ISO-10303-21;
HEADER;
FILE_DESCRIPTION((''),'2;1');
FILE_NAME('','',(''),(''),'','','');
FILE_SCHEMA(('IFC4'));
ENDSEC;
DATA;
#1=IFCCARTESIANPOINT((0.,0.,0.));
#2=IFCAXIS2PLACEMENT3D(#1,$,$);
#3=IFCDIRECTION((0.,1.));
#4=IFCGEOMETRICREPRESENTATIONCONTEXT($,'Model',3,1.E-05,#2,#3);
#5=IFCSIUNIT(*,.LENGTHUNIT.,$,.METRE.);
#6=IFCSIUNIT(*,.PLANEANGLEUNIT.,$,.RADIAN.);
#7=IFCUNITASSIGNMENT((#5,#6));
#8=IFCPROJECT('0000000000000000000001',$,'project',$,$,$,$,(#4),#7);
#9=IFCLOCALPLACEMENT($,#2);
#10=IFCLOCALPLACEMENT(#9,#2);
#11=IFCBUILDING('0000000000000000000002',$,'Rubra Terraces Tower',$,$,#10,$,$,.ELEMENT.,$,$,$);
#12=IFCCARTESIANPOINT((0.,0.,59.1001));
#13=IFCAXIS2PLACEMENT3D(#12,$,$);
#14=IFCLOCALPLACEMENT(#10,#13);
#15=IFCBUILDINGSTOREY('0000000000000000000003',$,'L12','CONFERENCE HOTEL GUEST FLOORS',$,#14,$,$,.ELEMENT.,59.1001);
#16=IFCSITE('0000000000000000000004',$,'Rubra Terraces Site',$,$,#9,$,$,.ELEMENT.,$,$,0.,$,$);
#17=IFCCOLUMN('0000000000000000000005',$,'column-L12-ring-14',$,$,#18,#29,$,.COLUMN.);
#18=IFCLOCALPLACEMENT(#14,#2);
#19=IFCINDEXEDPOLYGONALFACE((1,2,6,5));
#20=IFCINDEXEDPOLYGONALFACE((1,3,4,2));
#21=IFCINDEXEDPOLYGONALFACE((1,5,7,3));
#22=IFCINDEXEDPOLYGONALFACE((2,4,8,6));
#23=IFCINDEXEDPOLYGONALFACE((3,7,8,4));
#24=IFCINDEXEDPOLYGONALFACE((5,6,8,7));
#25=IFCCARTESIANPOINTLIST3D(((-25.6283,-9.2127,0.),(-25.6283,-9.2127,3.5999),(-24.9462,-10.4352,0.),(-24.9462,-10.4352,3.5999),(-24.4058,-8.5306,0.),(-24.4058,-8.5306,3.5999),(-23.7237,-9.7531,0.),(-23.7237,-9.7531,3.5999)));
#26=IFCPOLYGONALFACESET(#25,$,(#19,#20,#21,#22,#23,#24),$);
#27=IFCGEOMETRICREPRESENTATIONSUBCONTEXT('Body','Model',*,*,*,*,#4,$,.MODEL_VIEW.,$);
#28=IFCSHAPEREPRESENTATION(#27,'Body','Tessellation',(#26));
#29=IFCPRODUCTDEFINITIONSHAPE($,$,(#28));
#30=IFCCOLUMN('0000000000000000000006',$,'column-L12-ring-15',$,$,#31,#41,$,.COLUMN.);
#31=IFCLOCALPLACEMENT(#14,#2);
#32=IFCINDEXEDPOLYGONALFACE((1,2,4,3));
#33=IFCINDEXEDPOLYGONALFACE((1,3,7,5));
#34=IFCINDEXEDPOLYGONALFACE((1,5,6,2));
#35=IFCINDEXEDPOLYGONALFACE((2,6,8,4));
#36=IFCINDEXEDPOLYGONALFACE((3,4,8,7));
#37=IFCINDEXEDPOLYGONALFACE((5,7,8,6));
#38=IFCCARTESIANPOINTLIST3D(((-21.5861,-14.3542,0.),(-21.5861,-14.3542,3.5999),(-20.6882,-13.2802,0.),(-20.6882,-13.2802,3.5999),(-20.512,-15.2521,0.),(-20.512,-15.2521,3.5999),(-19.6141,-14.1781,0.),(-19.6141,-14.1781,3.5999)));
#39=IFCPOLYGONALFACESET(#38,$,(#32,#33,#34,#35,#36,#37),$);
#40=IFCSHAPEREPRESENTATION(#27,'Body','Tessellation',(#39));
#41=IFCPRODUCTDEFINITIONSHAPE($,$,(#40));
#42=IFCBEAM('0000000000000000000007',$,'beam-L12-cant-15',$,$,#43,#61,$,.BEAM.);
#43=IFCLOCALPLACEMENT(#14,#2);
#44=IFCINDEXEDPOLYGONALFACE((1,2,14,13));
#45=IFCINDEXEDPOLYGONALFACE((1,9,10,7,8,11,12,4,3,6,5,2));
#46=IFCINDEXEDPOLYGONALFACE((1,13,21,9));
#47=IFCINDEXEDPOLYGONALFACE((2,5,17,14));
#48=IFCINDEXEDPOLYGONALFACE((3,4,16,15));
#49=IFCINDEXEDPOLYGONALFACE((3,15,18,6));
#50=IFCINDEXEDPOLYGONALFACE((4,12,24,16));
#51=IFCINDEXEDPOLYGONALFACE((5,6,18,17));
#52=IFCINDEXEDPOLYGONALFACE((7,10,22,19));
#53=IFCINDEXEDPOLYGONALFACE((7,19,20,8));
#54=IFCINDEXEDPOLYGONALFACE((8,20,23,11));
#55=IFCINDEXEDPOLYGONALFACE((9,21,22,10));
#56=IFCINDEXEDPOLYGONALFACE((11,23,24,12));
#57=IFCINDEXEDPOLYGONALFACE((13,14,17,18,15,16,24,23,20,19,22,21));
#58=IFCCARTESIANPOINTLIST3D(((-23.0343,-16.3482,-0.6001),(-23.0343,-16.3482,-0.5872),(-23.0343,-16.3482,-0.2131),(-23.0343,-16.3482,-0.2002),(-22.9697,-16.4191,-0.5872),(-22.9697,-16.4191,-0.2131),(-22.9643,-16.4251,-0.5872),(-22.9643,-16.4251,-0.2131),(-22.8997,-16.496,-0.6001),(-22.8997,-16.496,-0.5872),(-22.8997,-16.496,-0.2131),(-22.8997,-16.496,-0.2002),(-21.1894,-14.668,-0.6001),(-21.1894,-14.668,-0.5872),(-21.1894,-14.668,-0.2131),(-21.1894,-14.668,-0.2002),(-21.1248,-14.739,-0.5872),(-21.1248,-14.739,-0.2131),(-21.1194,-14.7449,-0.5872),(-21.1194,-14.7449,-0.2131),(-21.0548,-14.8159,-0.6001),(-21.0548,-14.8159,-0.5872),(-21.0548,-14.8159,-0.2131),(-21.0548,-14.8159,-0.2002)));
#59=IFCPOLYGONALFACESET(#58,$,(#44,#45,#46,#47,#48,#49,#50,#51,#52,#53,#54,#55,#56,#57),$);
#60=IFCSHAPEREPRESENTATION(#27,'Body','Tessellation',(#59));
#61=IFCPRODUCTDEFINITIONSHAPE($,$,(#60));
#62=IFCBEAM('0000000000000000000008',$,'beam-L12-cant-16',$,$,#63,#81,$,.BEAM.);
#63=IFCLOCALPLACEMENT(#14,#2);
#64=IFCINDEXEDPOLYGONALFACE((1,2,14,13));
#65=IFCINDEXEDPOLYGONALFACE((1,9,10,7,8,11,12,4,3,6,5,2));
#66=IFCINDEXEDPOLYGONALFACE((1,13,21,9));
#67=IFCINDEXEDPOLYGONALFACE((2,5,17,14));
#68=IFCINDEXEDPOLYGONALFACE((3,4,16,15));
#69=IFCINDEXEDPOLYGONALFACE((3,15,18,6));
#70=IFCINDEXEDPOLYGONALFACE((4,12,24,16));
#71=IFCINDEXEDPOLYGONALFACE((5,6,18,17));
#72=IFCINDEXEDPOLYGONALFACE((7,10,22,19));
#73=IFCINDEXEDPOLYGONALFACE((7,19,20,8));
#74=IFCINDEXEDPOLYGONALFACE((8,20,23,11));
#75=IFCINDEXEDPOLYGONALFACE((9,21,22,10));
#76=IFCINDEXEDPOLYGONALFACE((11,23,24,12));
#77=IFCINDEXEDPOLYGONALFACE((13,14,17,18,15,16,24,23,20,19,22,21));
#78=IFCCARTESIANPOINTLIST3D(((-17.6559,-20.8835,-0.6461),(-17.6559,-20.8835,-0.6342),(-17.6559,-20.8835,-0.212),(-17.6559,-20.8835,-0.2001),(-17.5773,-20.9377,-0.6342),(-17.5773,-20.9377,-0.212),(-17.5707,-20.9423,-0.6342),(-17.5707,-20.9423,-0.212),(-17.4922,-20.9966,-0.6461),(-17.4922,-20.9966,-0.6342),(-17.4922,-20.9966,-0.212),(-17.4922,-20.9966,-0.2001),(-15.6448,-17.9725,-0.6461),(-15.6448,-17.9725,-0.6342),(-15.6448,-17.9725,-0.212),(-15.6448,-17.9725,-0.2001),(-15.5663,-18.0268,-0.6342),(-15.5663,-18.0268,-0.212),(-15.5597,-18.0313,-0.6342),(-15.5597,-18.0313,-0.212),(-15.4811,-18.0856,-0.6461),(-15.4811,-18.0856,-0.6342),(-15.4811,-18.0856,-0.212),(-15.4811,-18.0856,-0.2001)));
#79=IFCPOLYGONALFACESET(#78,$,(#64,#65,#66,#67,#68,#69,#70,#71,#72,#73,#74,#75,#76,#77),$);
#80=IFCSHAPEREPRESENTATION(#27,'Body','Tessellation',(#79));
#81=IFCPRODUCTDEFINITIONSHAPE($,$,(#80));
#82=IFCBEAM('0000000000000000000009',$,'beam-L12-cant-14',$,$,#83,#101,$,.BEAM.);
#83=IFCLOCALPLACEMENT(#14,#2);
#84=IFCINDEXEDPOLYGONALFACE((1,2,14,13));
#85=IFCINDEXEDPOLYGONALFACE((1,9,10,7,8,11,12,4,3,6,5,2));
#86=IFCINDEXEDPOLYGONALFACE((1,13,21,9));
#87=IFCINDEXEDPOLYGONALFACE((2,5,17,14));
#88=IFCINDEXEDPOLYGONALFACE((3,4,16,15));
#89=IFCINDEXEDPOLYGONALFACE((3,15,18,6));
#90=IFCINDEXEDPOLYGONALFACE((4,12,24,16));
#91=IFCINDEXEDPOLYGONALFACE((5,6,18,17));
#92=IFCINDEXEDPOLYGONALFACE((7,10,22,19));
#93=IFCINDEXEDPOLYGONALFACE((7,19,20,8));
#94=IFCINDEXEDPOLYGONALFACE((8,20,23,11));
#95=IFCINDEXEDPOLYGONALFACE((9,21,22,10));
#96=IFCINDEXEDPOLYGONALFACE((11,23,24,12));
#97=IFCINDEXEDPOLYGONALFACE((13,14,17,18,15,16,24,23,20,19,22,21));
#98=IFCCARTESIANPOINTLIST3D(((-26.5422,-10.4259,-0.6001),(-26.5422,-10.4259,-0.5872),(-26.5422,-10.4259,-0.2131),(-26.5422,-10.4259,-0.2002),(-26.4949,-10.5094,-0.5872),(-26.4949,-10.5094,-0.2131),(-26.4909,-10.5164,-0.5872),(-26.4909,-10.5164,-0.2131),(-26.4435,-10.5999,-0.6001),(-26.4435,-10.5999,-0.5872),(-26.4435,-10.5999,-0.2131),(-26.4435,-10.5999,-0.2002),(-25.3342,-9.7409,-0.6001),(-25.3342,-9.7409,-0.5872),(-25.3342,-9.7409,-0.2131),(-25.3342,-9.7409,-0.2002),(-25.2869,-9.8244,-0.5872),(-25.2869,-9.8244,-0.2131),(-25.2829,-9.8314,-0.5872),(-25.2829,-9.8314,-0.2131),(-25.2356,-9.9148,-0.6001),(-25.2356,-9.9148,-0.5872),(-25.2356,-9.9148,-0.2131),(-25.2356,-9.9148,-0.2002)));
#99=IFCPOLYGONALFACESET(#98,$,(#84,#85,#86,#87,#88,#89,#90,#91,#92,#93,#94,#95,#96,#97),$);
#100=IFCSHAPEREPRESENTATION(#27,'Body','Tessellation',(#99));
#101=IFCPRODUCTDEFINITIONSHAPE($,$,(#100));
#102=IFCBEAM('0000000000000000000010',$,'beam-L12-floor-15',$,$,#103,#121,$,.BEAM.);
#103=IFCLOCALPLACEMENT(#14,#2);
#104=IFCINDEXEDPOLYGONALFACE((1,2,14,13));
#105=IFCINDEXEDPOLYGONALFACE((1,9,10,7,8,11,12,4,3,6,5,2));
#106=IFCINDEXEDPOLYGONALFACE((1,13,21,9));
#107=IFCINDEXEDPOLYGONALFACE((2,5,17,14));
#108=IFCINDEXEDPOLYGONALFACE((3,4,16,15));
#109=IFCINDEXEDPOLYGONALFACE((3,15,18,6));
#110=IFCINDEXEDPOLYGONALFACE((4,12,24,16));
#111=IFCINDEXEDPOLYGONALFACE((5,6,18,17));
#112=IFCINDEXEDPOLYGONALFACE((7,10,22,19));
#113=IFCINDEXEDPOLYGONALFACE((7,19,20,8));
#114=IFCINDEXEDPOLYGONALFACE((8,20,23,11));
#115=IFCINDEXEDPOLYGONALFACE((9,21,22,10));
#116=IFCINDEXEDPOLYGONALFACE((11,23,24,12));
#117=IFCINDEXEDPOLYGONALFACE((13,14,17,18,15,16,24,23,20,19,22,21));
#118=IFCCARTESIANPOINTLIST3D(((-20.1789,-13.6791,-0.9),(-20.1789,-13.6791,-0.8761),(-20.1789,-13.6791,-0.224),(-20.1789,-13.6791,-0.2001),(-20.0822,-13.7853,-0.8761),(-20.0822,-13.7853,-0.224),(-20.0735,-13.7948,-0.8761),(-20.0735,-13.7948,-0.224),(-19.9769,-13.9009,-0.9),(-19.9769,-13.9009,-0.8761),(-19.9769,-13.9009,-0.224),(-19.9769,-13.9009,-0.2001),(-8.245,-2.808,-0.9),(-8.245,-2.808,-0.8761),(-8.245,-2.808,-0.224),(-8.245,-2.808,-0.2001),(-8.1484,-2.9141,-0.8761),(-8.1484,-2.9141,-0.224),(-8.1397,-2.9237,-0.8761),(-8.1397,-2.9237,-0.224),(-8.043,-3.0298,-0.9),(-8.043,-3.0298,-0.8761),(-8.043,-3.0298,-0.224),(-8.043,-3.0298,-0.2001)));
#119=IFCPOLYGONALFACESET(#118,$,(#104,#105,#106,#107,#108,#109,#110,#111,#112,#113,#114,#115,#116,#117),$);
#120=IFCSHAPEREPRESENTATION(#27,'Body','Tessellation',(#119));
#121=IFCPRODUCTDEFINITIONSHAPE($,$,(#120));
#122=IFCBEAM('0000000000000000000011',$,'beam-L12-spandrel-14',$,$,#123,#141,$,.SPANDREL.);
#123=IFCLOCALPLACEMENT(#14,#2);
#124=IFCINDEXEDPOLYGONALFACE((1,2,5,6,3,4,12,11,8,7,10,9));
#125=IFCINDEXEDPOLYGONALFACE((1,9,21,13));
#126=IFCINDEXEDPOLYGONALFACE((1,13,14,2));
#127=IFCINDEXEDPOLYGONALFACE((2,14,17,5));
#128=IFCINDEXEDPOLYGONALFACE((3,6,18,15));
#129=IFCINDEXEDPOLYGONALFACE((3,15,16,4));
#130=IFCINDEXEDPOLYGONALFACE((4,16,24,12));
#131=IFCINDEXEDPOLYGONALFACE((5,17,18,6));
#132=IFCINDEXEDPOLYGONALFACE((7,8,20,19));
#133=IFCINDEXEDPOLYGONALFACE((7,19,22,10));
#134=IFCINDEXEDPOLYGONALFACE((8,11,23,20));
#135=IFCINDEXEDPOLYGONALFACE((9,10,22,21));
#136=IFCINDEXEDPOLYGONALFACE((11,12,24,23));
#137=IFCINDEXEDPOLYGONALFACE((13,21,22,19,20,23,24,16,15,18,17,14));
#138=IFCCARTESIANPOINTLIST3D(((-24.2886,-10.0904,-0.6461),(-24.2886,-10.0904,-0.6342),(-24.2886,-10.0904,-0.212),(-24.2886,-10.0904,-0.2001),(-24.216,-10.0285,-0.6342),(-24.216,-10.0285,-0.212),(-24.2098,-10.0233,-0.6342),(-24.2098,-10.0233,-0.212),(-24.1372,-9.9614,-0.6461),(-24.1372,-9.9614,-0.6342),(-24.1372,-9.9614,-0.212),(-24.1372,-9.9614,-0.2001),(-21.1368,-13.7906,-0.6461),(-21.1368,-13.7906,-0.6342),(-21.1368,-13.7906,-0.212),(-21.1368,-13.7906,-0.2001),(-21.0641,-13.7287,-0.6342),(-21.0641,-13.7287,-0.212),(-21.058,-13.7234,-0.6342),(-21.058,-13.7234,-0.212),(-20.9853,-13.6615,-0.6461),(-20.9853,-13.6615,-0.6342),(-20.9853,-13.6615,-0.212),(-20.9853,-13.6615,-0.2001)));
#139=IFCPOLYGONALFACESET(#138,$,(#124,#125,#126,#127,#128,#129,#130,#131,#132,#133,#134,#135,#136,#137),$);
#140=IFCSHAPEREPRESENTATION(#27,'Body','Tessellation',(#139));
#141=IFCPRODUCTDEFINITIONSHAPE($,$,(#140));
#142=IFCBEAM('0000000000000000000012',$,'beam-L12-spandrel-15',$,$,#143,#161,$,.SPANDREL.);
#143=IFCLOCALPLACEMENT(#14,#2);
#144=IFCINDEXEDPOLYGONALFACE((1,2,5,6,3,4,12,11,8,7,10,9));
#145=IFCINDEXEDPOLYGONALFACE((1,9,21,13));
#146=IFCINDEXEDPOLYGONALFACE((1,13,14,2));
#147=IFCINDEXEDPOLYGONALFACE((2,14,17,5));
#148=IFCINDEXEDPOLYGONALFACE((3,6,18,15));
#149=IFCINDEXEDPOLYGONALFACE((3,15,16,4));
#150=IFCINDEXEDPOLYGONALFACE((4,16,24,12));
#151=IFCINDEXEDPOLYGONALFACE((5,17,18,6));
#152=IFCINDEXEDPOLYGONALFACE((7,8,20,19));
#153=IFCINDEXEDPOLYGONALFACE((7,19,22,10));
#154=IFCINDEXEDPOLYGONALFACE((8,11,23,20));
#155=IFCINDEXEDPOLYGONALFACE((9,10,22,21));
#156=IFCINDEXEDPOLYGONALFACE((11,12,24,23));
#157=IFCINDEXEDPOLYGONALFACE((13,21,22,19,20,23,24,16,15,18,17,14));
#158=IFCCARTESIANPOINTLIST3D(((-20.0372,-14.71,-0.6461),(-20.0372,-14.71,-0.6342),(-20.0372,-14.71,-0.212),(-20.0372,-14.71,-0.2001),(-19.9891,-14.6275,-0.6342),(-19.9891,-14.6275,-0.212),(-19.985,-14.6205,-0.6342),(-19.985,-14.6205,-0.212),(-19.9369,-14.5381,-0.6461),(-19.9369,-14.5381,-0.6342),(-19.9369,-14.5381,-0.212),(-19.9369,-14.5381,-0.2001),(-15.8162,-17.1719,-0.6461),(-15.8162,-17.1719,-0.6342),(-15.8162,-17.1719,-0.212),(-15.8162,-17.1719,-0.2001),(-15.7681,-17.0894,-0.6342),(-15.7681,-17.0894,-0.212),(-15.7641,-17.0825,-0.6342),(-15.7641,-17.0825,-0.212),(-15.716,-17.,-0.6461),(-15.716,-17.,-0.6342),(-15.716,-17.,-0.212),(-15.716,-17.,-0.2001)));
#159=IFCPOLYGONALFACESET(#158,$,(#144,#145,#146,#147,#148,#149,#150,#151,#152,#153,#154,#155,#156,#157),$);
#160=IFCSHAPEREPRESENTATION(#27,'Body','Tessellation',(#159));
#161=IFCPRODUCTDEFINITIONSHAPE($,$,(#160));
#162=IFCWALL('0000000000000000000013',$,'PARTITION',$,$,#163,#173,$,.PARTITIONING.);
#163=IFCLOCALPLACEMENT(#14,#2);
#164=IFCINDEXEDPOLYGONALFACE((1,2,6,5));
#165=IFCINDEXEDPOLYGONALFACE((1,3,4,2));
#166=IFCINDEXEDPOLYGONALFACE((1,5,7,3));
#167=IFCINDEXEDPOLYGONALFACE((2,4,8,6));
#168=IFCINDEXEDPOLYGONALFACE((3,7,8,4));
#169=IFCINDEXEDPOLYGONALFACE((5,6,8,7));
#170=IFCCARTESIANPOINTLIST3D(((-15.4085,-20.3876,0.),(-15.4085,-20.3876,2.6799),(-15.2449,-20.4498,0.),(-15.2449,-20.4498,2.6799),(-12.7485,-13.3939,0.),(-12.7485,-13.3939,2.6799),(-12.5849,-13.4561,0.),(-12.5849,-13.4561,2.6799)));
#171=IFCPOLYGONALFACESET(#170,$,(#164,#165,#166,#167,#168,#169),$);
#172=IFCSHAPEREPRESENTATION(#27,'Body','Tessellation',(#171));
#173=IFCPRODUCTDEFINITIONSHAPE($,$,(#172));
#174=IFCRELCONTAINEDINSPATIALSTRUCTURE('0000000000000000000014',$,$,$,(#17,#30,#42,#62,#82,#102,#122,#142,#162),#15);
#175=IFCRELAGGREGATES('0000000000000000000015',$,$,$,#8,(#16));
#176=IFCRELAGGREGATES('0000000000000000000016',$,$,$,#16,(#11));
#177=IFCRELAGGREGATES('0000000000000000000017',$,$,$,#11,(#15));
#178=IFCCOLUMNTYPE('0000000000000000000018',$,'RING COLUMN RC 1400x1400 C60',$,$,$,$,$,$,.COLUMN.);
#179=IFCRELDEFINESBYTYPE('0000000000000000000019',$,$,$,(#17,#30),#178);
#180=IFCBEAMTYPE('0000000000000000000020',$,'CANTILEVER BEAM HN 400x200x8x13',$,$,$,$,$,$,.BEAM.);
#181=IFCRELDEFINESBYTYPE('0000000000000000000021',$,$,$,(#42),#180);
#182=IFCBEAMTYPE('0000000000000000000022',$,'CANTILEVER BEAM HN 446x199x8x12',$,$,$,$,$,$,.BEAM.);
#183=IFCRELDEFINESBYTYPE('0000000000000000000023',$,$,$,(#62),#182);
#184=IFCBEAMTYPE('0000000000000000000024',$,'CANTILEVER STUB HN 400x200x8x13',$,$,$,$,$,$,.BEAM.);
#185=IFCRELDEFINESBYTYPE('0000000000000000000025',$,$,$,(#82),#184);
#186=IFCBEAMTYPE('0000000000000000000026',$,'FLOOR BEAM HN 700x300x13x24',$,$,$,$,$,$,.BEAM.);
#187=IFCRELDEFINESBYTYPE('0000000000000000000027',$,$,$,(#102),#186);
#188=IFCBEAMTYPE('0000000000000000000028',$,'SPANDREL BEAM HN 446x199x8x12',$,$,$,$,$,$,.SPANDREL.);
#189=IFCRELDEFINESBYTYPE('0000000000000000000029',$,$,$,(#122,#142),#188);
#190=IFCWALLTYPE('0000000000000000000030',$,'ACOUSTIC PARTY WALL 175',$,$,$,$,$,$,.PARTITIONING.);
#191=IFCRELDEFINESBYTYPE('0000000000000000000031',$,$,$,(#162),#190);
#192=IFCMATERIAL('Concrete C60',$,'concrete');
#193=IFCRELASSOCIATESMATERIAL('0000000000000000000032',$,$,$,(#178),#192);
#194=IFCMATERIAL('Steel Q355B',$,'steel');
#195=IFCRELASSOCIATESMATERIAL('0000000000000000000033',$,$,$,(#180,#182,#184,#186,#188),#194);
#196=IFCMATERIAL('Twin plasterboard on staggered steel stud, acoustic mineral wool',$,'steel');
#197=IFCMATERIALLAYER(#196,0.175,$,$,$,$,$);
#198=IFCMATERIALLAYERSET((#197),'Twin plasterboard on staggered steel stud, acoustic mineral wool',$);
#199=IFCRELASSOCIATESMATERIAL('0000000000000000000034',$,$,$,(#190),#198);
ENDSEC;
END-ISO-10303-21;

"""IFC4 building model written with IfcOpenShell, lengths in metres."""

from ifc_helpers import new_model, si_unit, direction, frame, frame_2d, origin, origin_2d, place, context, subcontext, project, spatial, rectangle, i_section, extrude, material, layer, layer_set, material_profile, profile_set, type_object, element, save


model = new_model("IFC4")

# Units and contexts
model_context = context("Model", 3, precision=1e-05, world=origin(), true_north=direction((0.0, 1.0)))
body_context = subcontext(model_context, "Body", "Model", "MODEL_VIEW")
ifc_project = project(units=[si_unit("LENGTHUNIT", "METRE"), si_unit("PLANEANGLEUNIT", "RADIAN")], contexts=[model_context])

# Site, building, storey
site_placement = place(None, origin())
site = spatial("IfcSite", under=ifc_project, at=site_placement, Name="Rubra Terraces Site", CompositionType="ELEMENT", RefElevation=0.0)
building_placement = place(site_placement, origin())
building = spatial("IfcBuilding", under=site, at=building_placement, Name="Rubra Terraces Tower", CompositionType="ELEMENT")
storey_placement = place(building_placement, frame((0.0, 0.0, 59.1001)))
storey = spatial("IfcBuildingStorey", under=building, at=storey_placement, Name="L12", Description="CONFERENCE HOTEL GUEST FLOORS", CompositionType="ELEMENT", Elevation=59.1001)

# Columns
ifc_material_1 = material(Name="Concrete C60", Category="concrete")
ifc_material_profile_1 = material_profile(ifc_material_1, rectangle(XDim=1.3999, YDim=1.3999, at=origin_2d()), Name="RC 1400x1400")
ifc_profile_set_1 = profile_set([ifc_material_profile_1], Name="Concrete C60")
column_type = type_object("IfcColumnType", Name="RING COLUMN RC 1400x1400 C60", PredefinedType="COLUMN", material=ifc_profile_set_1)
for number, where, z_axis, x_axis, name in (
    (1, (-24.676, -9.4829, 0.0), (0.0, 0.0, 1.0), (0.487227, -0.873276, 0.0), "column-L12-ring-14"),
    (2, (-20.6001, -14.2661, 0.0), (0.0, 0.0, 1.0), (0.76721, -0.641397, 0.0), "column-L12-ring-15"),
):
    element("IfcColumn", number, at=place(storey_placement, frame(where, z_axis=z_axis, x_axis=x_axis)), inside=storey, type_object=column_type, Name=name, PredefinedType="COLUMN", context=body_context, shape_type="SweptSolid", body=[
        extrude(rectangle(XDim=1.3999, YDim=1.3999, at=origin_2d()), origin(), (0.0, 0.0, 1.0), 3.5999),
    ])

# Beams
ifc_material_2 = material(Name="Steel Q355B", Category="steel")
ifc_material_profile_2 = material_profile(ifc_material_2, i_section(OverallWidth=0.2, OverallDepth=0.3999, WebThickness=0.0081, FlangeThickness=0.0129, at=origin_2d()), Name="HN 400x200x8x13")
ifc_profile_set_2 = profile_set([ifc_material_profile_2], Name="Steel Q355B")
beam_type_1 = type_object("IfcBeamType", Name="CANTILEVER BEAM HN 400x200x8x13", PredefinedType="BEAM", material=ifc_profile_set_2)
beam_1_placement = place(storey_placement, frame((-21.1221, -14.7419, -0.4001), z_axis=(-0.739355, -0.673315, 0.0), x_axis=(0.673315, -0.739355, 0.0)))
element("IfcBeam", 3, at=beam_1_placement, inside=storey, type_object=beam_type_1, Name="beam-L12-cant-15", PredefinedType="BEAM", context=body_context, shape_type="SweptSolid", body=[
    extrude(i_section(OverallWidth=0.2, OverallDepth=0.3999, WebThickness=0.0081, FlangeThickness=0.0129, at=origin_2d()), origin(), (0.0, 0.0, 1.0), 2.4954),
])
ifc_material_profile_3 = material_profile(ifc_material_2, i_section(OverallWidth=0.199, OverallDepth=0.446, WebThickness=0.0081, FlangeThickness=0.012, at=origin_2d()), Name="HN 446x199x8x12")
ifc_profile_set_3 = profile_set([ifc_material_profile_3], Name="Steel Q355B")
beam_type_2 = type_object("IfcBeamType", Name="CANTILEVER BEAM HN 446x199x8x12", PredefinedType="BEAM", material=ifc_profile_set_3)
beam_2_placement = place(storey_placement, frame((-15.563, -18.0291, -0.4231), z_axis=(-0.568399, -0.822753, 0.0), x_axis=(0.822753, -0.568399, 0.0)))
element("IfcBeam", 4, at=beam_2_placement, inside=storey, type_object=beam_type_2, Name="beam-L12-cant-16", PredefinedType="BEAM", context=body_context, shape_type="SweptSolid", body=[
    extrude(i_section(OverallWidth=0.199, OverallDepth=0.446, WebThickness=0.0081, FlangeThickness=0.012, at=origin_2d()), origin(), (0.0, 0.0, 1.0), 3.5381),
])
ifc_material_profile_4 = material_profile(ifc_material_2, i_section(OverallWidth=0.2, OverallDepth=0.3999, WebThickness=0.0081, FlangeThickness=0.0129, at=origin_2d()), Name="HN 400x200x8x13")
ifc_profile_set_4 = profile_set([ifc_material_profile_4], Name="Steel Q355B")
beam_type_3 = type_object("IfcBeamType", Name="CANTILEVER STUB HN 400x200x8x13", PredefinedType="BEAM", material=ifc_profile_set_4)
beam_3_placement = place(storey_placement, frame((-25.2849, -9.8279, -0.4001), z_axis=(-0.869861, -0.493296, 0.0), x_axis=(0.493296, -0.869861, 0.0)))
element("IfcBeam", 5, at=beam_3_placement, inside=storey, type_object=beam_type_3, Name="beam-L12-cant-14", PredefinedType="BEAM", context=body_context, shape_type="SweptSolid", body=[
    extrude(i_section(OverallWidth=0.2, OverallDepth=0.3999, WebThickness=0.0081, FlangeThickness=0.0129, at=origin_2d()), origin(), (0.0, 0.0, 1.0), 1.3887),
])
ifc_material_profile_5 = material_profile(ifc_material_2, i_section(OverallWidth=0.3, OverallDepth=0.7, WebThickness=0.0129, FlangeThickness=0.0239, at=origin_2d()), Name="HN 700x300x13x24")
ifc_profile_set_5 = profile_set([ifc_material_profile_5], Name="Steel Q355B")
beam_type_4 = type_object("IfcBeamType", Name="FLOOR BEAM HN 700x300x13x24", PredefinedType="BEAM", material=ifc_profile_set_5)
beam_4_placement = place(storey_placement, frame((-20.0779, -13.79, -0.55), z_axis=(0.739257, 0.673424, 0.0), x_axis=(-0.673424, 0.739257, 0.0)))
element("IfcBeam", 6, at=beam_4_placement, inside=storey, type_object=beam_type_4, Name="beam-L12-floor-15", PredefinedType="BEAM", context=body_context, shape_type="SweptSolid", body=[
    extrude(i_section(OverallWidth=0.3, OverallDepth=0.7, WebThickness=0.0129, FlangeThickness=0.0239, at=origin_2d()), origin(), (0.0, 0.0, 1.0), 16.1431),
])
ifc_material_profile_6 = material_profile(ifc_material_2, i_section(OverallWidth=0.199, OverallDepth=0.446, WebThickness=0.0081, FlangeThickness=0.012, at=origin_2d()), Name="HN 446x199x8x12")
ifc_profile_set_6 = profile_set([ifc_material_profile_6], Name="Steel Q355B")
beam_type_5 = type_object("IfcBeamType", Name="SPANDREL BEAM HN 446x199x8x12", PredefinedType="SPANDREL", material=ifc_profile_set_6)
beam_5_placement = place(storey_placement, frame((-24.2129, -10.0259, -0.4231), z_axis=(0.648447, -0.76126, 0.0), x_axis=(0.76126, 0.648447, 0.0)))
element("IfcBeam", 7, at=beam_5_placement, inside=storey, type_object=beam_type_5, Name="beam-L12-spandrel-14", PredefinedType="SPANDREL", context=body_context, shape_type="SweptSolid", body=[
    extrude(i_section(OverallWidth=0.199, OverallDepth=0.446, WebThickness=0.0081, FlangeThickness=0.012, at=origin_2d()), origin(), (0.0, 0.0, 1.0), 4.8606),
])
beam_6_placement = place(storey_placement, frame((-19.9871, -14.624, -0.4231), z_axis=(0.863806, -0.503824, 0.0), x_axis=(0.503824, 0.863806, 0.0)))
element("IfcBeam", 8, at=beam_6_placement, inside=storey, type_object=beam_type_5, Name="beam-L12-spandrel-15", PredefinedType="SPANDREL", context=body_context, shape_type="SweptSolid", body=[
    extrude(i_section(OverallWidth=0.199, OverallDepth=0.446, WebThickness=0.0081, FlangeThickness=0.012, at=origin_2d()), origin(), (0.0, 0.0, 1.0), 4.8865),
])

# Wall
ifc_material_3 = material(Name="Twin plasterboard on staggered steel stud, acoustic mineral wool", Category="steel")
ifc_layer_1 = layer(ifc_material_3, 0.175)
ifc_layer_set_1 = layer_set([ifc_layer_1], Name="Twin plasterboard on staggered steel stud, acoustic mineral wool")
wall_type_1 = type_object("IfcWallType", Name="ACOUSTIC PARTY WALL 175", PredefinedType="PARTITIONING", material=ifc_layer_set_1)
wall_1_placement = place(storey_placement, frame((-15.3267, -20.4187, 0.0), z_axis=(0.0, 0.0, 1.0), x_axis=(0.355489, 0.93468, 0.0)))
element("IfcWall", 9, at=wall_1_placement, inside=storey, type_object=wall_type_1, Name="PARTITION", PredefinedType="PARTITIONING", context=body_context, shape_type="SweptSolid", body=[
    extrude(rectangle(XDim=7.4824, YDim=0.175, at=frame_2d((3.7412, 0.0))), origin(), (0.0, 0.0, 1.0), 2.6799),
])

save(model, "model.ifc")
